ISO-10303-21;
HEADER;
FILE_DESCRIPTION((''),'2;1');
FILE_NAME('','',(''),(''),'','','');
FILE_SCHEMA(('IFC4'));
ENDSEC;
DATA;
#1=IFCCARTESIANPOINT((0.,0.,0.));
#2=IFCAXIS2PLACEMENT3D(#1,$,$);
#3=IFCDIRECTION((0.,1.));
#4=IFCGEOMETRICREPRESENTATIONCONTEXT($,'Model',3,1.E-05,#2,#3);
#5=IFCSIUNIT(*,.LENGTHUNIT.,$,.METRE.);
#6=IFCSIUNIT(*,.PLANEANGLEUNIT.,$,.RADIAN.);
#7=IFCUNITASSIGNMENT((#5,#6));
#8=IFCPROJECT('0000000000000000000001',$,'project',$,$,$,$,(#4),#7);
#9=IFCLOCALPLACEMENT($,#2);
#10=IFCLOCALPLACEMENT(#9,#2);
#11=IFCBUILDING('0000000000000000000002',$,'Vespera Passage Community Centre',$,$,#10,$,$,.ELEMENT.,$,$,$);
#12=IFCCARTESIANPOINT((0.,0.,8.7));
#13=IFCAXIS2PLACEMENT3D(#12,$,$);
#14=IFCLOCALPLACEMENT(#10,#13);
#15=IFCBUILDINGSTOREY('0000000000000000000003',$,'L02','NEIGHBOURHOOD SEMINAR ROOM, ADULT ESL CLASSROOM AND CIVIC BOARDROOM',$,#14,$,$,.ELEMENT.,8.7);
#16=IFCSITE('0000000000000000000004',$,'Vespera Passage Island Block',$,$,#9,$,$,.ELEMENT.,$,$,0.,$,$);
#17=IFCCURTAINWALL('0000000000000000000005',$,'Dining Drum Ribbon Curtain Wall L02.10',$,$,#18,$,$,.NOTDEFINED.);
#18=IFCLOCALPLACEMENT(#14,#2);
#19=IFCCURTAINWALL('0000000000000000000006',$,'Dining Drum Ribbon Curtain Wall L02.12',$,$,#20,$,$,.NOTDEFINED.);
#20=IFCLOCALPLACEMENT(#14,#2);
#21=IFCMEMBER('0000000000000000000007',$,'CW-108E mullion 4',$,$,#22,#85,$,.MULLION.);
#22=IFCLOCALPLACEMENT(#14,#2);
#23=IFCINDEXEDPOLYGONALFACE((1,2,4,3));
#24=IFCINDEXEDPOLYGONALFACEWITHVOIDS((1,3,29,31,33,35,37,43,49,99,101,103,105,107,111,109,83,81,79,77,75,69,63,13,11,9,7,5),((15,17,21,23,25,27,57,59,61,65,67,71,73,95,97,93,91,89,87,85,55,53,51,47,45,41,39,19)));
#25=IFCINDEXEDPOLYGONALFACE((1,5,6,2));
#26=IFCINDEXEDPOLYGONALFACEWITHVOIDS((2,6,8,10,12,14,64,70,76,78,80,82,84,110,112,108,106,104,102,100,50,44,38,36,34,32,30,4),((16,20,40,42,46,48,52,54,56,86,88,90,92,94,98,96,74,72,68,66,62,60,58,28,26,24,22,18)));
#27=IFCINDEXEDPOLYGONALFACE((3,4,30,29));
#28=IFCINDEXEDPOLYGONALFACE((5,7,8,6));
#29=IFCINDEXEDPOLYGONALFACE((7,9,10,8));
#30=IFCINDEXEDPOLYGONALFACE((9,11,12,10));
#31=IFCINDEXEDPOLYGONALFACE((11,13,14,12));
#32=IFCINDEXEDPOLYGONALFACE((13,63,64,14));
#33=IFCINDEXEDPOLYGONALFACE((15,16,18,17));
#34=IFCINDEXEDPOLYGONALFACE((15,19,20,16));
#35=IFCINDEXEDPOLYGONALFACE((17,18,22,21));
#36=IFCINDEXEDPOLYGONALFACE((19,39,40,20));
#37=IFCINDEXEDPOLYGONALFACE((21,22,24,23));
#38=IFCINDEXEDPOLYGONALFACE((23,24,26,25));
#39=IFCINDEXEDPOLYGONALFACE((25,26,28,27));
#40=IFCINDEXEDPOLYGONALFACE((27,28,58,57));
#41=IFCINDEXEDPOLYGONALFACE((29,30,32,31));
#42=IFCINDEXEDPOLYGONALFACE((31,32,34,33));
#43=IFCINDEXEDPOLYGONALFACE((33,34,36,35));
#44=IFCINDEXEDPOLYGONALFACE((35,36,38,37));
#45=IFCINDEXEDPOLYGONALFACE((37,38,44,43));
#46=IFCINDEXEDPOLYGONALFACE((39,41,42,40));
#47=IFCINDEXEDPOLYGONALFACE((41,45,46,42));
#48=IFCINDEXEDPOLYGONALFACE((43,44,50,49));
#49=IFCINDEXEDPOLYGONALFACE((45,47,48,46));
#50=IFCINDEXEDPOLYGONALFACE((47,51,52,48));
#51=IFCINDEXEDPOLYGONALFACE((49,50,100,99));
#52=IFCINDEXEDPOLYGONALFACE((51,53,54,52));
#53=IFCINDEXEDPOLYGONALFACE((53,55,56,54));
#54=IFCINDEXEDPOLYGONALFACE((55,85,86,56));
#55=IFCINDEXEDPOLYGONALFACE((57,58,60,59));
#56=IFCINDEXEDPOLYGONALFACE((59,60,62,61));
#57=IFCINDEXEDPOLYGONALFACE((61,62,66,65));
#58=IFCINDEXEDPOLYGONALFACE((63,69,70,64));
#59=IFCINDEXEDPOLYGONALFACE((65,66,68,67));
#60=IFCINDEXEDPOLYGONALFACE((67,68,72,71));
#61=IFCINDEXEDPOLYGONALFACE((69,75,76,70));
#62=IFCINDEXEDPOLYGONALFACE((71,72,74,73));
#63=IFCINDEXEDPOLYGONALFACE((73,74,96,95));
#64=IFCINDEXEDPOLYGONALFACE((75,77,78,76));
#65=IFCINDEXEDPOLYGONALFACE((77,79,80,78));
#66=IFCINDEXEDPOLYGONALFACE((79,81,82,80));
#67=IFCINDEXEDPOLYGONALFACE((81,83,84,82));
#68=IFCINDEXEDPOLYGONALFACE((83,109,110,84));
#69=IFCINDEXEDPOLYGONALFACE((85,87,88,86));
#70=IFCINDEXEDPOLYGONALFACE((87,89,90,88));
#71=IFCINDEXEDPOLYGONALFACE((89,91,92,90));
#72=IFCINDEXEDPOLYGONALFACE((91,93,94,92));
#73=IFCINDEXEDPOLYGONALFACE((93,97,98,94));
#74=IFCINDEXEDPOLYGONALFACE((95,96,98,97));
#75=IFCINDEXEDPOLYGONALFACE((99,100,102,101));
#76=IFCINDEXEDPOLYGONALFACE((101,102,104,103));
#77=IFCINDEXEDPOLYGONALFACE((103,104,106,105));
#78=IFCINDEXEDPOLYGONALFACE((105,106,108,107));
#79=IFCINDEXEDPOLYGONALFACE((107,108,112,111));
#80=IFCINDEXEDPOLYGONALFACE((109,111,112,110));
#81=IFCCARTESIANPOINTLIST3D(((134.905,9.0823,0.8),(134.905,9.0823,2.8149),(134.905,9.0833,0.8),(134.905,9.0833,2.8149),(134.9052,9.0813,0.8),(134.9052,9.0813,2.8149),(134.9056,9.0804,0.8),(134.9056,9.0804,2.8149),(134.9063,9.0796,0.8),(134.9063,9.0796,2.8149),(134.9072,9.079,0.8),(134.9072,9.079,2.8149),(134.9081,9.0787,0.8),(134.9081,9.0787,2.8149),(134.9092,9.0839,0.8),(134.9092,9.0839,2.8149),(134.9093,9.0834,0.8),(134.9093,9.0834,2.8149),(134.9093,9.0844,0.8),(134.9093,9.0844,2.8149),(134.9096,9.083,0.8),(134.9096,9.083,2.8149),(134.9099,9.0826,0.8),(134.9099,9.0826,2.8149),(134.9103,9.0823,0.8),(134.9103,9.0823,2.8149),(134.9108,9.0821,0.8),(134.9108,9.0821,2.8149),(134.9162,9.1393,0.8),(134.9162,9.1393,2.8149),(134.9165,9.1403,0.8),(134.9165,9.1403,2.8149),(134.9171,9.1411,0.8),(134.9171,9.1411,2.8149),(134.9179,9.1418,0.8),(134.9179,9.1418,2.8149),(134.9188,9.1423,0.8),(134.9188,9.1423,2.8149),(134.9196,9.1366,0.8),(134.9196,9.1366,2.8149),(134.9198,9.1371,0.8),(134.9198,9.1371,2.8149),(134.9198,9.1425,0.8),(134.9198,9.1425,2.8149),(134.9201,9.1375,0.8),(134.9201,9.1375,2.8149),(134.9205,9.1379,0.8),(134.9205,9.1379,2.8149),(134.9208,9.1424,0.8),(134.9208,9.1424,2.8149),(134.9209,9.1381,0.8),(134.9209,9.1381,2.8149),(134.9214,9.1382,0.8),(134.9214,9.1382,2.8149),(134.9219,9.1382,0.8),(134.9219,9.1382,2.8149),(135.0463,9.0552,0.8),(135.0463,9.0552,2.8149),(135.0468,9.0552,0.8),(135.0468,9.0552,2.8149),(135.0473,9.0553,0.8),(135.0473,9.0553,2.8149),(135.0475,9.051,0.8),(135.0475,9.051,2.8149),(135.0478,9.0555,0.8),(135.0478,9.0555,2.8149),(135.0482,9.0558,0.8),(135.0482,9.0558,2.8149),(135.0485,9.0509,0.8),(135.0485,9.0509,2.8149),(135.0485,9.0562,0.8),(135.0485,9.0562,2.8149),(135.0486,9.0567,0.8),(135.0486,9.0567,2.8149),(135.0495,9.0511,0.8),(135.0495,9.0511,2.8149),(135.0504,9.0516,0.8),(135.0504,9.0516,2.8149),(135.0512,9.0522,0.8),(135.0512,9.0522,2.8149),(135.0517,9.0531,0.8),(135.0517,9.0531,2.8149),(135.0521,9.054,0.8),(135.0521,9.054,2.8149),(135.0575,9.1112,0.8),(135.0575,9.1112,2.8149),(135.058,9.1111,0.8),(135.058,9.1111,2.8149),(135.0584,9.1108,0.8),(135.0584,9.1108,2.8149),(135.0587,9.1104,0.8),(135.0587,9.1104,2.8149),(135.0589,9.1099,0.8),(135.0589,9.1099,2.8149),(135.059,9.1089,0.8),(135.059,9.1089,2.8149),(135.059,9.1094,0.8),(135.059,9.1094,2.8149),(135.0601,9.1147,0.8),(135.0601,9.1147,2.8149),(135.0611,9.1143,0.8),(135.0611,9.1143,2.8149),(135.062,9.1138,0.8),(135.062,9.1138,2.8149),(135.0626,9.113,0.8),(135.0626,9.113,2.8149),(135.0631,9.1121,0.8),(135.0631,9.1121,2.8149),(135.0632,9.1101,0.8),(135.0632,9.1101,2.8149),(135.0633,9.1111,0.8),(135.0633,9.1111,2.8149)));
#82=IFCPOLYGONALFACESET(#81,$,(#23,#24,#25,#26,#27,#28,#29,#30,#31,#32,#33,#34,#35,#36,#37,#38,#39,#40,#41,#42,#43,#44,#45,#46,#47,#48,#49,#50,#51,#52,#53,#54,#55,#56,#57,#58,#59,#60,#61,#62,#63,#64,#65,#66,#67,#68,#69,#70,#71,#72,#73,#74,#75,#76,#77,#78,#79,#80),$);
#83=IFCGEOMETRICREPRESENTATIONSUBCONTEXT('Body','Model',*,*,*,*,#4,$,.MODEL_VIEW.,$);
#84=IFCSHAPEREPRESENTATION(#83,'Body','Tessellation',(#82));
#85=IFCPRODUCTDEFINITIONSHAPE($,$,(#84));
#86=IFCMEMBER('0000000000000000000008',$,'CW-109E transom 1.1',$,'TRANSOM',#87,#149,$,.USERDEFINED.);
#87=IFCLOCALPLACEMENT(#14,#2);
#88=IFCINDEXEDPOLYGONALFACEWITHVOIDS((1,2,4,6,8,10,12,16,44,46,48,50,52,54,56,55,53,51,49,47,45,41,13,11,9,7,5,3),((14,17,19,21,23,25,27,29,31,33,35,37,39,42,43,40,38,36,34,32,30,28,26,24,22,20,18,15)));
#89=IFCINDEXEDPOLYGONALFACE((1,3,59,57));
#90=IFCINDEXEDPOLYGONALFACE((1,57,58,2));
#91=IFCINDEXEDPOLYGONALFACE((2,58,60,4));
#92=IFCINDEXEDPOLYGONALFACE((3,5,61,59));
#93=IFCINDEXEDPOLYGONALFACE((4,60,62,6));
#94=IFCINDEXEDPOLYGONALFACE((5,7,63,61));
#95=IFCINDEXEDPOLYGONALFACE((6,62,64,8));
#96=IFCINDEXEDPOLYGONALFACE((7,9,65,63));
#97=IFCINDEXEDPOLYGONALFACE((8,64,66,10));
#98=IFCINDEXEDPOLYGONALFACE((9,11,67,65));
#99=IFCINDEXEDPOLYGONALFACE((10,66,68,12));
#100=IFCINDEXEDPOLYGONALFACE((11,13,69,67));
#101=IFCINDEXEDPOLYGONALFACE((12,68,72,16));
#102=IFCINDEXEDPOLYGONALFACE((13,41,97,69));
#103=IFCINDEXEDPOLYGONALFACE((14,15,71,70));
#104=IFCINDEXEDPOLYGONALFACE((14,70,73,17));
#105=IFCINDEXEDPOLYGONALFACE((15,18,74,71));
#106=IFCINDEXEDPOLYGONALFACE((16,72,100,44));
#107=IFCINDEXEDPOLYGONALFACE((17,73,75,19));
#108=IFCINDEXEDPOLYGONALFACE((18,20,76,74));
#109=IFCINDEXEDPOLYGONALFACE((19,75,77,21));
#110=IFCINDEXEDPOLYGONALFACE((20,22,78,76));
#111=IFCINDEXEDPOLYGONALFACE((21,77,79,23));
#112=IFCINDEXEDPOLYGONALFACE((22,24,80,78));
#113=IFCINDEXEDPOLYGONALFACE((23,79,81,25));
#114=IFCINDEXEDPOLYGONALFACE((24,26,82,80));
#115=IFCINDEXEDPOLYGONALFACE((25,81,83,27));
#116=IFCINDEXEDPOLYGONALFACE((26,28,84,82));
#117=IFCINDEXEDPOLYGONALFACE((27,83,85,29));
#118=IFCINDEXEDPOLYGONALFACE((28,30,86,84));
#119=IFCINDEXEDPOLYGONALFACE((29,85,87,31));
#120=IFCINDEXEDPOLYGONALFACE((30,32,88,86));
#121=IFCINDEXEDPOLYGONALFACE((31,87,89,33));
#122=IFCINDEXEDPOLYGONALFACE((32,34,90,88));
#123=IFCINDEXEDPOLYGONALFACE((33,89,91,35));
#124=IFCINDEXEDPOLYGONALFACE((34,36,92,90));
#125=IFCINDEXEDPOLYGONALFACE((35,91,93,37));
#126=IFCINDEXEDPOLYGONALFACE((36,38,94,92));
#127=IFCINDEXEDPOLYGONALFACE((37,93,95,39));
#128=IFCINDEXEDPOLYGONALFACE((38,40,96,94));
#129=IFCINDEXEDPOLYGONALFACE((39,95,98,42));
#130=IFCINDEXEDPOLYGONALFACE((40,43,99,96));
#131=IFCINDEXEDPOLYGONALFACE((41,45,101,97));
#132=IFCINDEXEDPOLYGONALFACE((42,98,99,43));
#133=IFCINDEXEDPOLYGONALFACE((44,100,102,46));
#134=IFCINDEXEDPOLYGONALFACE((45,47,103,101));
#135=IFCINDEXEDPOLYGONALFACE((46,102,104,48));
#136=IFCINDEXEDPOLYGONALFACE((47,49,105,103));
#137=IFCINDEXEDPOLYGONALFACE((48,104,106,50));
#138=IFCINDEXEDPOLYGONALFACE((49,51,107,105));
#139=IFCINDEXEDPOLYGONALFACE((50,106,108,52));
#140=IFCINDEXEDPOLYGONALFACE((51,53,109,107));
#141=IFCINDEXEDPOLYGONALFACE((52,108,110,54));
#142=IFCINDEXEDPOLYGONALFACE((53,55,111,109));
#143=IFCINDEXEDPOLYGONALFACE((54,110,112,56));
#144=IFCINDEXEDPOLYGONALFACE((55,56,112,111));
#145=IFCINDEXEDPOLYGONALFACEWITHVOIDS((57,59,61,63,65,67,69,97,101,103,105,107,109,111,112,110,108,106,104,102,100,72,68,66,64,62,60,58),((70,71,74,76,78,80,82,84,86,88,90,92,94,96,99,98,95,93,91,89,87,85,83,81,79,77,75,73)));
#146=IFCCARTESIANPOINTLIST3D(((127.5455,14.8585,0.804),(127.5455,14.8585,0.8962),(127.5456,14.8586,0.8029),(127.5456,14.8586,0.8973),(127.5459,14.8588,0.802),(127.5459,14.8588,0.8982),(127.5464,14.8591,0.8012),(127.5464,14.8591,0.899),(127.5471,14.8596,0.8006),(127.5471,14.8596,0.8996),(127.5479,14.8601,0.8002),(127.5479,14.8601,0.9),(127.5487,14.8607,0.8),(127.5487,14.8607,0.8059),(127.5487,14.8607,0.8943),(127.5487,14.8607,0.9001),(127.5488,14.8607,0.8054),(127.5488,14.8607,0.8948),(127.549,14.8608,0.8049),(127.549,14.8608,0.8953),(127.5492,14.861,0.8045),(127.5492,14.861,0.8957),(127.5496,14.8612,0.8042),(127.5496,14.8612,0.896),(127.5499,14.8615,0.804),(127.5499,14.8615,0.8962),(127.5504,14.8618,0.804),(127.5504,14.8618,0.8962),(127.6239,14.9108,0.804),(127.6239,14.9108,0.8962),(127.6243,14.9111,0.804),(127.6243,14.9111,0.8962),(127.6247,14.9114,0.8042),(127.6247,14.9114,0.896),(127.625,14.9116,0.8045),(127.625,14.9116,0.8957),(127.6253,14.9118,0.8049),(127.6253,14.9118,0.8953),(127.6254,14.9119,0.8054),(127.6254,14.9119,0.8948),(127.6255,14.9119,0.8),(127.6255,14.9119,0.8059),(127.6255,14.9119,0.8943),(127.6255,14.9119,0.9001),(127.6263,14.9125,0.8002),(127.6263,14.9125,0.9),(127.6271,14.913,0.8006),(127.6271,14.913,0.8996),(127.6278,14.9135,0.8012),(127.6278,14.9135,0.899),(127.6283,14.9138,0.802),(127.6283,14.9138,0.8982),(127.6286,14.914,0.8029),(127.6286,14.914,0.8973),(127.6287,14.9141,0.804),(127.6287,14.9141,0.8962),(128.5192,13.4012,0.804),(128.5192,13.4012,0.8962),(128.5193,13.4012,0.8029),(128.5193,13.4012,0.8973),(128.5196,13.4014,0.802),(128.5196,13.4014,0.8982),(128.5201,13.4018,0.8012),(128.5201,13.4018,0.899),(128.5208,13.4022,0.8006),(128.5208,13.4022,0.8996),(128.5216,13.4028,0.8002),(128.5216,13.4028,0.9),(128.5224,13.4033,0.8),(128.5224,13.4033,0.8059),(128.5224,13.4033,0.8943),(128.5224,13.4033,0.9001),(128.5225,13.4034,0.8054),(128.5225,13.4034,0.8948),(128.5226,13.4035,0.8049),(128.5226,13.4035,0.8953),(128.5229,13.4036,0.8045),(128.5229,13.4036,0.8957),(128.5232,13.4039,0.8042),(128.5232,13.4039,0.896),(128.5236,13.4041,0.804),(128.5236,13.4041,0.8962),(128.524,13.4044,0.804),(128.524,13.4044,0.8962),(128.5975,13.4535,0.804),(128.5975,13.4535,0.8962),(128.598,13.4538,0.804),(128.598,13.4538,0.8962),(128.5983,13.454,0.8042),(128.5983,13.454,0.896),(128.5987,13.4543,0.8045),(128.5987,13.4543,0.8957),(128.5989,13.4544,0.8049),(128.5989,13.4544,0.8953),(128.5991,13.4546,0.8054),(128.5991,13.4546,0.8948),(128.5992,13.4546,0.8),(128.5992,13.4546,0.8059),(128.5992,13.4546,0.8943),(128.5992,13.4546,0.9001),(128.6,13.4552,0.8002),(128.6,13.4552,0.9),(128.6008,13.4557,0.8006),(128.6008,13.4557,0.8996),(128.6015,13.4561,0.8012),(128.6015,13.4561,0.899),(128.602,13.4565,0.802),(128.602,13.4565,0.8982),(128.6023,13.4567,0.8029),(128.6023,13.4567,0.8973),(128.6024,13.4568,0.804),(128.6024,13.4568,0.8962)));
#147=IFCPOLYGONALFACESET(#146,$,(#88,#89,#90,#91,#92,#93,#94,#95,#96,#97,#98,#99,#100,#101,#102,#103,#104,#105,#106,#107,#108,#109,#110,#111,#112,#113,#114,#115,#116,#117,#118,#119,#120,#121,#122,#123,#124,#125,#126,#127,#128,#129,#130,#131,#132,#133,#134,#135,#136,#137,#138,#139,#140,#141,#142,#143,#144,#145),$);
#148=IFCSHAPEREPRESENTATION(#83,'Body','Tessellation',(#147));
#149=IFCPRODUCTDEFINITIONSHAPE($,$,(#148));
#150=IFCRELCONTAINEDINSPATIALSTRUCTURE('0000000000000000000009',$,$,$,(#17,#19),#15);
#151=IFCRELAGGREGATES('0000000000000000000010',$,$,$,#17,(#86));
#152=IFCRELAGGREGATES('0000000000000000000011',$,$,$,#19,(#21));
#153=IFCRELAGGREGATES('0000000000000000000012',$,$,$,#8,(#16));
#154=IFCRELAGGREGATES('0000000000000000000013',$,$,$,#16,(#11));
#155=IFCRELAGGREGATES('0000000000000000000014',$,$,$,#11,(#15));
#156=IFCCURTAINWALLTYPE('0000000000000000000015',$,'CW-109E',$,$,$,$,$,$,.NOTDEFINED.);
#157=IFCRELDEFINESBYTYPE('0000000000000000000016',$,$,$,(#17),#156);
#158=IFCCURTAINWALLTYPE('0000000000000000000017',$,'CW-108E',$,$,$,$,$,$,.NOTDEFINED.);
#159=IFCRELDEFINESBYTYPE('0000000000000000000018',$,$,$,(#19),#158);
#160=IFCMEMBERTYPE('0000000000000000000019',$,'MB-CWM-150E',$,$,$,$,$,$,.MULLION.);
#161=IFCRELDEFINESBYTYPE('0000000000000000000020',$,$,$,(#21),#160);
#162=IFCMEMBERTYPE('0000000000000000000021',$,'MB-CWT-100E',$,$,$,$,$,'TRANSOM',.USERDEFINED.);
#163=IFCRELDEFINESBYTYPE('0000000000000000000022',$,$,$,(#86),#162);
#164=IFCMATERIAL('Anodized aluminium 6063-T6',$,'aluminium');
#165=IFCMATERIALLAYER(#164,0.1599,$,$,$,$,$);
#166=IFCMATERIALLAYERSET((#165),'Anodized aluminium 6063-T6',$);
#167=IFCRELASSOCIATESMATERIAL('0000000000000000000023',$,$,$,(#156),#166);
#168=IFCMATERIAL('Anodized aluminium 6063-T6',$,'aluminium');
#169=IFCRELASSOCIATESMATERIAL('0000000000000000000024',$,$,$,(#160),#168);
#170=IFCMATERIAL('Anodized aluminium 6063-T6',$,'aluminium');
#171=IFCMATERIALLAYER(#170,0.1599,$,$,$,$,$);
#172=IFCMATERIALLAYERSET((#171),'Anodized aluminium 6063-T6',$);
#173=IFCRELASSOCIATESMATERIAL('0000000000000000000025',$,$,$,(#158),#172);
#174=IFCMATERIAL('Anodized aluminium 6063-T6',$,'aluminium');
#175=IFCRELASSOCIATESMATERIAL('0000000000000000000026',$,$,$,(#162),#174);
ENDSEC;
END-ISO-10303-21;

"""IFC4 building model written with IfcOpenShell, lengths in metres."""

from ifc_helpers import new_model, si_unit, direction, frame, origin, origin_2d, place, context, subcontext, project, spatial, hollow_rectangle, extrude, material, layer, layer_set, material_profile, profile_set, type_object, element, aggregate, save


model = new_model("IFC4")

# Units and contexts
model_context = context("Model", 3, precision=1e-05, world=origin(), true_north=direction((0.0, 1.0)))
body_context = subcontext(model_context, "Body", "Model", "MODEL_VIEW")
ifc_project = project(units=[si_unit("LENGTHUNIT", "METRE"), si_unit("PLANEANGLEUNIT", "RADIAN")], contexts=[model_context])

# Site, building, storey
site_placement = place(None, origin())
site = spatial("IfcSite", under=ifc_project, at=site_placement, Name="Vespera Passage Island Block", CompositionType="ELEMENT", RefElevation=0.0)
building_placement = place(site_placement, origin())
building = spatial("IfcBuilding", under=site, at=building_placement, Name="Vespera Passage Community Centre", CompositionType="ELEMENT")
storey_placement = place(building_placement, frame((0.0, 0.0, 8.7)))
storey = spatial("IfcBuildingStorey", under=building, at=storey_placement, Name="L02", Description="NEIGHBOURHOOD SEMINAR ROOM, ADULT ESL CLASSROOM AND CIVIC BOARDROOM", CompositionType="ELEMENT", Elevation=8.7)

# Curtain walls, member
ifc_material_1 = material(Name="Anodized aluminium 6063-T6", Category="aluminium")
ifc_layer_1 = layer(ifc_material_1, 0.1599)
ifc_layer_set_1 = layer_set([ifc_layer_1], Name="Anodized aluminium 6063-T6")
curtain_wall_type_1 = type_object("IfcCurtainWallType", Name="CW-109E", PredefinedType="NOTDEFINED", material=ifc_layer_set_1)
curtain_wall_1_placement = place(storey_placement, origin())
curtain_wall_1 = element("IfcCurtainWall", 1, at=curtain_wall_1_placement, inside=storey, type_object=curtain_wall_type_1, Name="Dining Drum Ribbon Curtain Wall L02.10", PredefinedType="NOTDEFINED")
ifc_material_2 = material(Name="Anodized aluminium 6063-T6", Category="aluminium")
ifc_material_profile_1 = material_profile(ifc_material_2, hollow_rectangle(XDim=0.0649, YDim=0.1499, WallThickness=0.0039, InnerFilletRadius=0.002, OuterFilletRadius=0.0039, at=origin_2d()), Name="ALU150X65X4")
ifc_profile_set_1 = profile_set([ifc_material_profile_1], Name="Anodized aluminium 6063-T6")
member_type_1 = type_object("IfcMemberType", Name="MB-CWM-150E", PredefinedType="MULLION", material=ifc_profile_set_1)
ifc_material_3 = material(Name="Anodized aluminium 6063-T6", Category="aluminium")
ifc_layer_2 = layer(ifc_material_3, 0.1599)
ifc_layer_set_2 = layer_set([ifc_layer_2], Name="Anodized aluminium 6063-T6")
curtain_wall_type_2 = type_object("IfcCurtainWallType", Name="CW-108E", PredefinedType="NOTDEFINED", material=ifc_layer_set_2)
curtain_wall_2_placement = place(storey_placement, origin())
curtain_wall_2 = element("IfcCurtainWall", 2, at=curtain_wall_2_placement, inside=storey, type_object=curtain_wall_type_2, Name="Dining Drum Ribbon Curtain Wall L02.12", PredefinedType="NOTDEFINED")
member_1_placement = place(storey_placement, frame((134.9841, 9.0967, 0.8), z_axis=(0.0, 0.0, 1.0), x_axis=(-0.195097, -0.980784, 0.0)))
member_1 = element("IfcMember", 3, at=member_1_placement, type_object=member_type_1, Name="CW-108E mullion 4", PredefinedType="MULLION", context=body_context, shape_type="SweptSolid", body=[
    extrude(hollow_rectangle(XDim=0.0649, YDim=0.1499, WallThickness=0.0039, InnerFilletRadius=0.002, OuterFilletRadius=0.0039, at=origin_2d()), origin(), (0.0, 0.0, 1.0), 2.0149),
])

# Member
ifc_material_4 = material(Name="Anodized aluminium 6063-T6", Category="aluminium")
ifc_material_profile_2 = material_profile(ifc_material_4, hollow_rectangle(XDim=0.1001, YDim=0.1001, WallThickness=0.0039, InnerFilletRadius=0.002, OuterFilletRadius=0.0039, at=origin_2d()), Name="ALU100X100X4")
ifc_profile_set_2 = profile_set([ifc_material_profile_2], Name="Anodized aluminium 6063-T6")
member_type_2 = type_object("IfcMemberType", Name="MB-CWT-100E", ElementType="TRANSOM", PredefinedType="USERDEFINED", material=ifc_profile_set_2)
member_2_placement = place(storey_placement, frame((128.5608, 13.429, 0.8501), z_axis=(-0.555536, 0.831493, 0.0), x_axis=(-0.831493, -0.555536, 0.0)))
member_2 = element("IfcMember", 4, at=member_2_placement, type_object=member_type_2, Name="CW-109E transom 1.1", ObjectType="TRANSOM", PredefinedType="USERDEFINED", context=body_context, shape_type="SweptSolid", body=[
    extrude(hollow_rectangle(XDim=0.1001, YDim=0.1001, WallThickness=0.0039, InnerFilletRadius=0.002, OuterFilletRadius=0.0039, at=origin_2d()), origin(), (0.0, 0.0, 1.0), 1.7527),
])

aggregate(curtain_wall_1, [member_2])
aggregate(curtain_wall_2, [member_1])

save(model, "model.ifc")
